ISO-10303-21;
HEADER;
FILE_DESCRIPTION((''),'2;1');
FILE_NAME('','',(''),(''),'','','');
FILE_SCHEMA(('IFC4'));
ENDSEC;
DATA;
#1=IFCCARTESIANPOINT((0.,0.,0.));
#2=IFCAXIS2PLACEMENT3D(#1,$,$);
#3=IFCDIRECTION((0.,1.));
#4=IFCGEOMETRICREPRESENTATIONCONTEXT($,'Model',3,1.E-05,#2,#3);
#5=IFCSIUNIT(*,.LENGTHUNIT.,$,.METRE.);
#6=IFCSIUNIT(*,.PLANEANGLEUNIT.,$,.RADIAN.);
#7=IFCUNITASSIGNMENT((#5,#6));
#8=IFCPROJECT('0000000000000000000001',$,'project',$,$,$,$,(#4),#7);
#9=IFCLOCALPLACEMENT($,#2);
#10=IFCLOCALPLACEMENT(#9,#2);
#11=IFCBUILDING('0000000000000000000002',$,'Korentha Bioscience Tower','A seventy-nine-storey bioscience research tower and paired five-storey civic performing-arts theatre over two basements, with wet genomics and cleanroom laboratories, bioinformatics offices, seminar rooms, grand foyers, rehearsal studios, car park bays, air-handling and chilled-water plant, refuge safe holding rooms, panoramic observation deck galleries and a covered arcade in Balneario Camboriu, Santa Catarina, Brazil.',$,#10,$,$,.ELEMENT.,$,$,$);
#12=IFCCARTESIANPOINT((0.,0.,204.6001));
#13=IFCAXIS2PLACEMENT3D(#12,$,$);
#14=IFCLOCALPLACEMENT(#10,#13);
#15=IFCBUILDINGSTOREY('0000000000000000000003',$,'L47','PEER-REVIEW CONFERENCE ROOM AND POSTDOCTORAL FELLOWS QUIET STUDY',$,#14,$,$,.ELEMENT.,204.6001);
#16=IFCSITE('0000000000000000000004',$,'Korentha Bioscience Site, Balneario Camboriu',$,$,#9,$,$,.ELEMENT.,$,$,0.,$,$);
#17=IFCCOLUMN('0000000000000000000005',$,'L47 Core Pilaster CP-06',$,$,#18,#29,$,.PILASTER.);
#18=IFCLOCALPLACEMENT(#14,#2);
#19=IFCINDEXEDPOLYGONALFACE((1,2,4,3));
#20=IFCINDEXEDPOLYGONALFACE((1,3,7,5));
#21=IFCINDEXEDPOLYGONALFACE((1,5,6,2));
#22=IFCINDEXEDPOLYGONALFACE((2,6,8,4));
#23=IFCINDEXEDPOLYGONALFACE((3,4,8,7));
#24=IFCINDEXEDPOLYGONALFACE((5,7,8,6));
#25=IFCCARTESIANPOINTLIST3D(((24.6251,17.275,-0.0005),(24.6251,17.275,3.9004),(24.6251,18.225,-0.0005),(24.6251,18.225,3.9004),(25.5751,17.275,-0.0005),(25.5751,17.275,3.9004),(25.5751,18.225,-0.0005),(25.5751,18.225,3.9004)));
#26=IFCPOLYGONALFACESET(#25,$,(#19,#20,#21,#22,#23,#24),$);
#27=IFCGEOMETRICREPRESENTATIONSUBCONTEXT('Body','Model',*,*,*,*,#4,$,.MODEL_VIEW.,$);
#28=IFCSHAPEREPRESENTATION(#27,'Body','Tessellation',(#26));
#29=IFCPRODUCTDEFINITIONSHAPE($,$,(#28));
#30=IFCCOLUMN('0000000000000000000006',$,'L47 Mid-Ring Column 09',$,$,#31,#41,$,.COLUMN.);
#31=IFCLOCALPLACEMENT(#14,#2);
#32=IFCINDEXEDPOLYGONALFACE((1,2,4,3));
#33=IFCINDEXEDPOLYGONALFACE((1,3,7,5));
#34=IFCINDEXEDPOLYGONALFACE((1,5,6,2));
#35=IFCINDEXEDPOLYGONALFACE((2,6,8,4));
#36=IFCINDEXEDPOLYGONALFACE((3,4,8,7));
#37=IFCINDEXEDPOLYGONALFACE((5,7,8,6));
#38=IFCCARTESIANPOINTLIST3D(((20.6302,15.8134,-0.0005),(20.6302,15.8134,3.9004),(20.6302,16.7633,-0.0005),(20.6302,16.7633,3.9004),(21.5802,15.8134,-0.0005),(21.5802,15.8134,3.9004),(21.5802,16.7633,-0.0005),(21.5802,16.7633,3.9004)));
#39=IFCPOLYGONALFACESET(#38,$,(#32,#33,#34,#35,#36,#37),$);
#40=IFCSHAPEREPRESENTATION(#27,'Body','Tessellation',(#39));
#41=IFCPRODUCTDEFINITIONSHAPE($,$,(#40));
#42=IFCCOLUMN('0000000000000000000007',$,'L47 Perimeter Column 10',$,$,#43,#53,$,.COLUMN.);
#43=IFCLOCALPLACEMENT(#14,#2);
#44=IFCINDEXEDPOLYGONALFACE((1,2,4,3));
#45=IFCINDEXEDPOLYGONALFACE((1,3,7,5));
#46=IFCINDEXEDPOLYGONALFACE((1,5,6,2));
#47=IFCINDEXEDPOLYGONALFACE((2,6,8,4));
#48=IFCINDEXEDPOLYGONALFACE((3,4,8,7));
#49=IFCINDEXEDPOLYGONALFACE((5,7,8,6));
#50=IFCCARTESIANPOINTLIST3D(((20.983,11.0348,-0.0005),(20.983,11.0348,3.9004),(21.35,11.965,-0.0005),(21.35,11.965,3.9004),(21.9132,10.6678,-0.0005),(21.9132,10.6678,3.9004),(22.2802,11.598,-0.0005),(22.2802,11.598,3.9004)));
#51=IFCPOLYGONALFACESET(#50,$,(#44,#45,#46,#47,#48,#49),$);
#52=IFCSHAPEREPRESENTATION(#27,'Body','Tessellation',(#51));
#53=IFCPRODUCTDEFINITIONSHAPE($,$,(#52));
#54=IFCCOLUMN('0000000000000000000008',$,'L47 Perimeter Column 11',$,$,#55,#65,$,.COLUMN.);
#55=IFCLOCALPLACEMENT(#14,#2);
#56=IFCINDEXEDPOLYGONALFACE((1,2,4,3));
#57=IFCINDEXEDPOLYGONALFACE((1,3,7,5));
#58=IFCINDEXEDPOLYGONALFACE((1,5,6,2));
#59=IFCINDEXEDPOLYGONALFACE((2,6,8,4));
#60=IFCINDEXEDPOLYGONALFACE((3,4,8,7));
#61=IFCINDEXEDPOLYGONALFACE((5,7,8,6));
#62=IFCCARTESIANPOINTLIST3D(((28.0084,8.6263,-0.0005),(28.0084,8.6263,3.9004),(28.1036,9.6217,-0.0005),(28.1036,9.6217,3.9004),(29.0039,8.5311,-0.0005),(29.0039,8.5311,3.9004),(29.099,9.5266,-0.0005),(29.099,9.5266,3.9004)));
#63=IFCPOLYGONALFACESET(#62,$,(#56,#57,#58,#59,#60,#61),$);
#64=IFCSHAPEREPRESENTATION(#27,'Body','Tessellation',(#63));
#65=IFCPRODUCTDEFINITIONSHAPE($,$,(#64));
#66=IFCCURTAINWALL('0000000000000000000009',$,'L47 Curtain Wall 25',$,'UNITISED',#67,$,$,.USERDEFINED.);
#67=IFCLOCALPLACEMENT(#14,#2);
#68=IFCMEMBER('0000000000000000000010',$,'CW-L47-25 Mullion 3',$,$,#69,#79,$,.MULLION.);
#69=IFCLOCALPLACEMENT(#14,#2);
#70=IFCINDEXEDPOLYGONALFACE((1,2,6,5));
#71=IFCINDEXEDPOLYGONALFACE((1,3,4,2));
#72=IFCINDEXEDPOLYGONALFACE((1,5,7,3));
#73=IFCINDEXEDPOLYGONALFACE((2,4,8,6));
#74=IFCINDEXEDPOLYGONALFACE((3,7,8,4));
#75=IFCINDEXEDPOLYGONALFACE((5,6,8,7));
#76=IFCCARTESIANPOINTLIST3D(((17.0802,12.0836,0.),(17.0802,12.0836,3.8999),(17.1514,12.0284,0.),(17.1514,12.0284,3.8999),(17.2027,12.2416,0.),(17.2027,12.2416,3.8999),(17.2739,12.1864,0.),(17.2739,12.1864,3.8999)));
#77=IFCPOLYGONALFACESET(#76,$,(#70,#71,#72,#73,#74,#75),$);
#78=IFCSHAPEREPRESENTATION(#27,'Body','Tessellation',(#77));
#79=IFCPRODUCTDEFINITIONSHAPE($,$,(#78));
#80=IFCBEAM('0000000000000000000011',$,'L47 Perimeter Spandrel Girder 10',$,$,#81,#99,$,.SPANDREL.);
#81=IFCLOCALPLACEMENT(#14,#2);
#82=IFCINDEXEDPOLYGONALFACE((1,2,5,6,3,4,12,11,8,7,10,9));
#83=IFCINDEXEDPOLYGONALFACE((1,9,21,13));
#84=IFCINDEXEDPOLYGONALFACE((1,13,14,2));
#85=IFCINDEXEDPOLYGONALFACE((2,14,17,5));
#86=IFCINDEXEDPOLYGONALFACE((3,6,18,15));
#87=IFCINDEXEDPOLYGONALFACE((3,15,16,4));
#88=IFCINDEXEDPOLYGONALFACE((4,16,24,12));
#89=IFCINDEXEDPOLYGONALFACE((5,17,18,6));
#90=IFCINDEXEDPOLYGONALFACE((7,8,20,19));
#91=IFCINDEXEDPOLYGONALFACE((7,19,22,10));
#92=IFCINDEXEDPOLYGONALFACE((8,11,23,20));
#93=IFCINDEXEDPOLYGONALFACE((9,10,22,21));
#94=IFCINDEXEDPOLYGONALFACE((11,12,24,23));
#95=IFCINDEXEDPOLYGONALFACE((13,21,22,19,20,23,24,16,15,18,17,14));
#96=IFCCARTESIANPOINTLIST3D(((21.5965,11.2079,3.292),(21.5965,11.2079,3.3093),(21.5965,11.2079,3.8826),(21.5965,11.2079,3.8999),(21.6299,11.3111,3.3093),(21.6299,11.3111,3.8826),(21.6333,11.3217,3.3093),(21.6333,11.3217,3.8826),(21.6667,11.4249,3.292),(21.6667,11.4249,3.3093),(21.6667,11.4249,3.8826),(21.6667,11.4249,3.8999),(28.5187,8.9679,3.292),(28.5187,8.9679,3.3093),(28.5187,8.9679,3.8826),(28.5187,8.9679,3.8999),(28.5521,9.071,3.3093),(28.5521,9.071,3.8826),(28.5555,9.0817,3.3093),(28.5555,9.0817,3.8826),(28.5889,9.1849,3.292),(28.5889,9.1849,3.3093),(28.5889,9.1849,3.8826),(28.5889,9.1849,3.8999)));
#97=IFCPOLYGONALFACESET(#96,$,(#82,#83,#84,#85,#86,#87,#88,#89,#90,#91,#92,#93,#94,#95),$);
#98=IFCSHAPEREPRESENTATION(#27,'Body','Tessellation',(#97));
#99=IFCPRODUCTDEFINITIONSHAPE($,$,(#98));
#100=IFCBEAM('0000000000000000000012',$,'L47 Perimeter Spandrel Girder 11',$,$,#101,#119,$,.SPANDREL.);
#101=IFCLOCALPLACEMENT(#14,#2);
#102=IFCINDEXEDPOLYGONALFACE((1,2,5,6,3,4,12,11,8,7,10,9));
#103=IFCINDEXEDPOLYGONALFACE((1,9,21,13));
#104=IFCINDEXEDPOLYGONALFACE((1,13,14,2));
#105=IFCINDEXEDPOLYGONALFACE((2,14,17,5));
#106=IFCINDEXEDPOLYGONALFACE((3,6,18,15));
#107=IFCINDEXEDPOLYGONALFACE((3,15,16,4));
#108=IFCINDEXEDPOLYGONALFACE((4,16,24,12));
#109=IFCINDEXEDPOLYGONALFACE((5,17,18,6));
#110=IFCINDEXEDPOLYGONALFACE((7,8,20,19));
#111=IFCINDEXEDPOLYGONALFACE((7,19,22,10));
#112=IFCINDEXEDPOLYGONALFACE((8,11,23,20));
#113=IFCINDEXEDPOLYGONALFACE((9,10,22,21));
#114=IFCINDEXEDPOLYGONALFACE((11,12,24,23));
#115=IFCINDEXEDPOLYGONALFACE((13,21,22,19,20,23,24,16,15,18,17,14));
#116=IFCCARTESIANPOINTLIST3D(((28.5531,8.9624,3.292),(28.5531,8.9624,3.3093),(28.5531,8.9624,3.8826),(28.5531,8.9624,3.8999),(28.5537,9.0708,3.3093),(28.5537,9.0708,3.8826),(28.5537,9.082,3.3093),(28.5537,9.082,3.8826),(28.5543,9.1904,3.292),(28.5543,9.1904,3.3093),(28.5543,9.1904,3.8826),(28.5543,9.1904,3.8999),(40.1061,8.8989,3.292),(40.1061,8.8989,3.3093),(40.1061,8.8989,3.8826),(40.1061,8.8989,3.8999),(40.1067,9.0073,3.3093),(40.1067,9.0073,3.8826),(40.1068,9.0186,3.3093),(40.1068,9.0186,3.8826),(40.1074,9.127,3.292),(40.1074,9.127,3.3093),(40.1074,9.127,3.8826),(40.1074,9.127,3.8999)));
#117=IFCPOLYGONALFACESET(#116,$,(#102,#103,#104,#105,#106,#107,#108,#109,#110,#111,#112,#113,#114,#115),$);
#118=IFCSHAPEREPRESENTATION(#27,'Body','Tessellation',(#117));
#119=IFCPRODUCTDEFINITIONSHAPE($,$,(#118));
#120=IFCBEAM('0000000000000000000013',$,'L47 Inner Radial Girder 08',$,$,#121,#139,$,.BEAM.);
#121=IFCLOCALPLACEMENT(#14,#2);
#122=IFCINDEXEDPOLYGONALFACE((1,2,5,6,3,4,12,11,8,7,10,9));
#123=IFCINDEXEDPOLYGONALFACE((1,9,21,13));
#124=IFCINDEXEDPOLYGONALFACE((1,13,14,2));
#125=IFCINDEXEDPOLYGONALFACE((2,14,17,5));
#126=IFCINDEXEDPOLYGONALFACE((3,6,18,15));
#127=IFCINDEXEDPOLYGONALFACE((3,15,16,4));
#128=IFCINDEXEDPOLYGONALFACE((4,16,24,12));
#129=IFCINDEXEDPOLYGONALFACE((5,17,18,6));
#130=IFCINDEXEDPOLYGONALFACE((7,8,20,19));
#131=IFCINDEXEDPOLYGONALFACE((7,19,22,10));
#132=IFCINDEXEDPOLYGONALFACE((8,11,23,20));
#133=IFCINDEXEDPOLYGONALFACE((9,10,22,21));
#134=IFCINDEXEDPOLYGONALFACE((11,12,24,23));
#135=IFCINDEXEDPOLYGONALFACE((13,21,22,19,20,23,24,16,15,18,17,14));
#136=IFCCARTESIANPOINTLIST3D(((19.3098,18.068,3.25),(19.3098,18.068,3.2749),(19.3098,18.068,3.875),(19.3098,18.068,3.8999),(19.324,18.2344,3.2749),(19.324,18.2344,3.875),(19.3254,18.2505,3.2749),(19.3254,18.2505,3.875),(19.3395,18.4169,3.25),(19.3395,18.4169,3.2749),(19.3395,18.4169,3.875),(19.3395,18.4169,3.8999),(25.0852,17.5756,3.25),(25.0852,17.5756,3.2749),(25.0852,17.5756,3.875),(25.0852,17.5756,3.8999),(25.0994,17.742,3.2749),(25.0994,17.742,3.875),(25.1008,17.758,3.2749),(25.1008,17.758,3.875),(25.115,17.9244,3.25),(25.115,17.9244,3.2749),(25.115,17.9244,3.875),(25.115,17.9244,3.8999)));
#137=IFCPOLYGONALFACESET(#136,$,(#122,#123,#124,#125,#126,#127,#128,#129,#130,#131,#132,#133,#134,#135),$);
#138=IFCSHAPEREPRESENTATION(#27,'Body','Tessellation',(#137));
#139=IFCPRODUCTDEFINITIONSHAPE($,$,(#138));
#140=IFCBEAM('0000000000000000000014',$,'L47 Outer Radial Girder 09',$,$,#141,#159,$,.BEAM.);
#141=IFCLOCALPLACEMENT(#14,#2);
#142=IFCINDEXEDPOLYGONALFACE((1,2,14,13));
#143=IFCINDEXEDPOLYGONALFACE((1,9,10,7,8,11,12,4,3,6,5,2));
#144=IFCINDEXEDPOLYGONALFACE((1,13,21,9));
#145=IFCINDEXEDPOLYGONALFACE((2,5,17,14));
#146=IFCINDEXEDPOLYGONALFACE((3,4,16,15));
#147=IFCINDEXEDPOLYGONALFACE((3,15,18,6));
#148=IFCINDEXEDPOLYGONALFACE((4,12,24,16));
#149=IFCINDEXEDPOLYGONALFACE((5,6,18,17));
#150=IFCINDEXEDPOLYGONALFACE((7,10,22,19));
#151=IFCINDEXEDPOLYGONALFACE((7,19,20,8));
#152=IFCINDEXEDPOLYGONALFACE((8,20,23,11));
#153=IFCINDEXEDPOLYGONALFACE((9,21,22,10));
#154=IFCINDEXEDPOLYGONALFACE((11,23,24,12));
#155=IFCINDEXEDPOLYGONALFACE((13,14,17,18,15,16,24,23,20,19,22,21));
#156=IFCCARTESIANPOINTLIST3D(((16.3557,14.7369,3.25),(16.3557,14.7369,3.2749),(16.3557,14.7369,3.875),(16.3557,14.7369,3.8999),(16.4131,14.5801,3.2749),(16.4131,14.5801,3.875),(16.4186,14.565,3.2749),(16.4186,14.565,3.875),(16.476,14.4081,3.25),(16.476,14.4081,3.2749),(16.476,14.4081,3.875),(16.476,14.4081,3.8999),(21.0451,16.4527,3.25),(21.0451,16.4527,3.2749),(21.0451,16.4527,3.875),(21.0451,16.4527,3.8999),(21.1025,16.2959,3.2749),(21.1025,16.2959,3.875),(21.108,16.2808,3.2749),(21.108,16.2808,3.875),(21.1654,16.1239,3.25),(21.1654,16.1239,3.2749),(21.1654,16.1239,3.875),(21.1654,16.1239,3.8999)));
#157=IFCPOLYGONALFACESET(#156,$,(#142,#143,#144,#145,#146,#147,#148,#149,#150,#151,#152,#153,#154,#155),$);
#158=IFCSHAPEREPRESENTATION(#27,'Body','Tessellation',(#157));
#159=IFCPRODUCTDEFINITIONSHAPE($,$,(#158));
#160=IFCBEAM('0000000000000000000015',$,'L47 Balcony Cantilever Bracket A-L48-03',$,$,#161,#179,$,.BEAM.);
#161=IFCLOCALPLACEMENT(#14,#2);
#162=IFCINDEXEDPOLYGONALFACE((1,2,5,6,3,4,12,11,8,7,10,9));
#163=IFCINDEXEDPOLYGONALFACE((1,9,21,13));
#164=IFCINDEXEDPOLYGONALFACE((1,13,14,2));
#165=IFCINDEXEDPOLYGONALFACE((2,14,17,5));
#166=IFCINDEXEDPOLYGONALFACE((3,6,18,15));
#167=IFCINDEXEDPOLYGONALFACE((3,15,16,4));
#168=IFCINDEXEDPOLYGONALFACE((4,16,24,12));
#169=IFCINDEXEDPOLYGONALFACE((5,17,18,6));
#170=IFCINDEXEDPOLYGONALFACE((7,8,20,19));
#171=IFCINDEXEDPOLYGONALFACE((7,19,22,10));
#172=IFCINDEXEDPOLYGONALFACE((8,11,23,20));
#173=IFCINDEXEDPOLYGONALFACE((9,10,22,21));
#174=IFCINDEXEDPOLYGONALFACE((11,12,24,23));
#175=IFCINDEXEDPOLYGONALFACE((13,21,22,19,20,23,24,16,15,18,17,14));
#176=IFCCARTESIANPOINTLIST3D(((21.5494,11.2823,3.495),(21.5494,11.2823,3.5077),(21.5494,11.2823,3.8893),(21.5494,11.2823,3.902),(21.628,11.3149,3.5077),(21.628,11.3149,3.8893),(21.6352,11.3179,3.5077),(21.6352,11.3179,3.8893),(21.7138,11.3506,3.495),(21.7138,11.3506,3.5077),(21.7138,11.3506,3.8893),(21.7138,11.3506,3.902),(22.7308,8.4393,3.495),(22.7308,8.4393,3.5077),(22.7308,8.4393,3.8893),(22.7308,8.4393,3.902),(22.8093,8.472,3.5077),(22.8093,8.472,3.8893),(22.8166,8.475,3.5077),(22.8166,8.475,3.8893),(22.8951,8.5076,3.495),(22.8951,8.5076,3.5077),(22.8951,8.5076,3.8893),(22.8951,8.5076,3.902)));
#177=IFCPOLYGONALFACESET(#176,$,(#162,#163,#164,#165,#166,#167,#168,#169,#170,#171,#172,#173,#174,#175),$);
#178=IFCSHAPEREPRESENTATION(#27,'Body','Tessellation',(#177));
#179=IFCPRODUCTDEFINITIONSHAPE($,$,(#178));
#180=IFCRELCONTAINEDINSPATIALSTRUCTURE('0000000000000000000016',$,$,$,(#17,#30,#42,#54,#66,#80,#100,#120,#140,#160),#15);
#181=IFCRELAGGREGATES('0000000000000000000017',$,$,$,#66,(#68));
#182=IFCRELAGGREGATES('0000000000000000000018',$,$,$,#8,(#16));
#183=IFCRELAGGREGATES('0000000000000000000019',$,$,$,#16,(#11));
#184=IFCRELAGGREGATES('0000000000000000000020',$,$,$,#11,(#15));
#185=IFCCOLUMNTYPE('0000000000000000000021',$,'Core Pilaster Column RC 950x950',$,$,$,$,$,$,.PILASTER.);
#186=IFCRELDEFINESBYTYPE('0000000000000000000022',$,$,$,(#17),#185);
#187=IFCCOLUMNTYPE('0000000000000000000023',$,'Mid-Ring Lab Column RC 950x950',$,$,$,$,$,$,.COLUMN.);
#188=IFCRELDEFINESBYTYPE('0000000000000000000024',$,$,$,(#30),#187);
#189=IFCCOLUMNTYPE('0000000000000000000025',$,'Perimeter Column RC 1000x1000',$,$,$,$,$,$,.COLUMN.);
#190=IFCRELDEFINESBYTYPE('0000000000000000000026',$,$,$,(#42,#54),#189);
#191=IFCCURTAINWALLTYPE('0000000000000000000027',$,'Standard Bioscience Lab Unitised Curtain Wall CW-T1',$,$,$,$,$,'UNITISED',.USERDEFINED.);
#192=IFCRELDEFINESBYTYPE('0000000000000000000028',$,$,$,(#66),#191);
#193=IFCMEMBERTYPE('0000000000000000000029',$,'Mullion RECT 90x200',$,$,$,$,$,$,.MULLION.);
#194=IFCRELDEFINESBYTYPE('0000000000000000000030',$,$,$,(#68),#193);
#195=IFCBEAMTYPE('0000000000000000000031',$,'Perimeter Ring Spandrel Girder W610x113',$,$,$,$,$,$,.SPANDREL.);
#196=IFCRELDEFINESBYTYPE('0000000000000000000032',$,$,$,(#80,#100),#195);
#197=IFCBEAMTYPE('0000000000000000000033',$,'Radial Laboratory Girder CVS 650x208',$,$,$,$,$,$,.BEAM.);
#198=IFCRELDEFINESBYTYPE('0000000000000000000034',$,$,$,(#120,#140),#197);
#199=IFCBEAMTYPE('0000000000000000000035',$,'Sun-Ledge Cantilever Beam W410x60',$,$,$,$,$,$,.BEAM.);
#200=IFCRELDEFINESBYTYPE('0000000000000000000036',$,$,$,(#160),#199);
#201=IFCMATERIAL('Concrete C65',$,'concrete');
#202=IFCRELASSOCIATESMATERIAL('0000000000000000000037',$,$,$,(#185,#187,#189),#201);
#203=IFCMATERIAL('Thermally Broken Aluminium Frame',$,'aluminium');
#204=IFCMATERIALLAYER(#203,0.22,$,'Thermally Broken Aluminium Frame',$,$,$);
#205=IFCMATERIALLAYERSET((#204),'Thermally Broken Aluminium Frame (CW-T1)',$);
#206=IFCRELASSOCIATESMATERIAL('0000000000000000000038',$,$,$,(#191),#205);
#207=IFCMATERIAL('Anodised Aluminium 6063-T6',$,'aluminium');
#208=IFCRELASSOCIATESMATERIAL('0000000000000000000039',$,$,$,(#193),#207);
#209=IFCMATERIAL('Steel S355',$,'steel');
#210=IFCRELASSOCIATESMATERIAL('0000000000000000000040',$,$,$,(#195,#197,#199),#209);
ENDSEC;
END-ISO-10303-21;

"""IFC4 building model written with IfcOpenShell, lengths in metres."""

from ifc_helpers import new_model, si_unit, direction, frame, origin, origin_2d, place, context, subcontext, project, spatial, rectangle, i_section, extrude, material, layer, layer_set, material_profile, profile_set, type_object, element, aggregate, save


model = new_model("IFC4")

# Units and contexts
model_context = context("Model", 3, precision=1e-05, world=origin(), true_north=direction((0.0, 1.0)))
body_context = subcontext(model_context, "Body", "Model", "MODEL_VIEW")
ifc_project = project(units=[si_unit("LENGTHUNIT", "METRE"), si_unit("PLANEANGLEUNIT", "RADIAN")], contexts=[model_context])

# Site, building, storey
site_placement = place(None, origin())
site = spatial("IfcSite", under=ifc_project, at=site_placement, Name="Korentha Bioscience Site, Balneario Camboriu", CompositionType="ELEMENT", RefElevation=0.0)
building_placement = place(site_placement, origin())
building = spatial("IfcBuilding", under=site, at=building_placement, Name="Korentha Bioscience Tower", Description="A seventy-nine-storey bioscience research tower and paired five-storey civic performing-arts theatre over two basements, with wet genomics and cleanroom laboratories, bioinformatics offices, seminar rooms, grand foyers, rehearsal studios, car park bays, air-handling and chilled-water plant, refuge safe holding rooms, panoramic observation deck galleries and a covered arcade in Balneario Camboriu, Santa Catarina, Brazil.", CompositionType="ELEMENT")
storey_placement = place(building_placement, frame((0.0, 0.0, 204.6001)))
storey = spatial("IfcBuildingStorey", under=building, at=storey_placement, Name="L47", Description="PEER-REVIEW CONFERENCE ROOM AND POSTDOCTORAL FELLOWS QUIET STUDY", CompositionType="ELEMENT", Elevation=204.6001)

# Columns
ifc_material_1 = material(Name="Concrete C65", Category="concrete")
ifc_material_profile_1 = material_profile(ifc_material_1, rectangle(XDim=0.95, YDim=0.95, at=origin_2d()), Name="Concrete C65")
ifc_profile_set_1 = profile_set([ifc_material_profile_1], Name="Concrete C65 (COL-CP09)")
column_type_1 = type_object("IfcColumnType", Name="Core Pilaster Column RC 950x950", PredefinedType="PILASTER", material=ifc_profile_set_1)
column_1_placement = place(storey_placement, frame((25.1001, 17.75, -0.0005), z_axis=(0.0, 0.0, 1.0), x_axis=(1.0, 0.0, 0.0)))
element("IfcColumn", 1, at=column_1_placement, inside=storey, type_object=column_type_1, Name="L47 Core Pilaster CP-06", PredefinedType="PILASTER", context=body_context, shape_type="SweptSolid", body=[
    extrude(rectangle(XDim=0.95, YDim=0.95, at=origin_2d()), origin(), (0.0, 0.0, 1.0), 3.9009),
])
ifc_material_profile_2 = material_profile(ifc_material_1, rectangle(XDim=0.95, YDim=0.95, at=origin_2d()), Name="Concrete C65")
ifc_profile_set_2 = profile_set([ifc_material_profile_2], Name="Concrete C65 (COL-MR09)")
column_type_2 = type_object("IfcColumnType", Name="Mid-Ring Lab Column RC 950x950", PredefinedType="COLUMN", material=ifc_profile_set_2)
column_2_placement = place(storey_placement, frame((21.1052, 16.2883, -0.0005), z_axis=(0.0, 0.0, 1.0), x_axis=(1.0, 0.0, 0.0)))
element("IfcColumn", 2, at=column_2_placement, inside=storey, type_object=column_type_2, Name="L47 Mid-Ring Column 09", PredefinedType="COLUMN", context=body_context, shape_type="SweptSolid", body=[
    extrude(rectangle(XDim=0.95, YDim=0.95, at=origin_2d()), origin(), (0.0, 0.0, 1.0), 3.9009),
])
ifc_material_profile_3 = material_profile(ifc_material_1, rectangle(XDim=1.0, YDim=1.0, at=origin_2d()), Name="Concrete C65")
ifc_profile_set_3 = profile_set([ifc_material_profile_3], Name="Concrete C65 (COL-P10)")
column_type_3 = type_object("IfcColumnType", Name="Perimeter Column RC 1000x1000", PredefinedType="COLUMN", material=ifc_profile_set_3)
for number, where, z_axis, x_axis, name in (
    (3, (21.6316, 11.3164, -0.0005), (0.0, 0.0, 1.0), (-0.930226, 0.366988, 0.0), "L47 Perimeter Column 10"),
    (4, (28.5537, 9.0764, -0.0005), (0.0, 0.0, 1.0), (-0.995463, 0.095151, 0.0), "L47 Perimeter Column 11"),
):
    element("IfcColumn", number, at=place(storey_placement, frame(where, z_axis=z_axis, x_axis=x_axis)), inside=storey, type_object=column_type_3, Name=name, PredefinedType="COLUMN", context=body_context, shape_type="SweptSolid", body=[
        extrude(rectangle(XDim=1.0, YDim=1.0, at=origin_2d()), origin(), (0.0, 0.0, 1.0), 3.9009),
    ])

# Curtain wall, member
ifc_material_2 = material(Name="Thermally Broken Aluminium Frame", Category="aluminium")
ifc_layer_1 = layer(ifc_material_2, 0.22, Name="Thermally Broken Aluminium Frame")
ifc_layer_set_1 = layer_set([ifc_layer_1], Name="Thermally Broken Aluminium Frame (CW-T1)")
curtain_wall_type = type_object("IfcCurtainWallType", Name="Standard Bioscience Lab Unitised Curtain Wall CW-T1", ElementType="UNITISED", PredefinedType="USERDEFINED", material=ifc_layer_set_1)
curtain_wall_placement = place(storey_placement, origin())
curtain_wall = element("IfcCurtainWall", 5, at=curtain_wall_placement, inside=storey, type_object=curtain_wall_type, Name="L47 Curtain Wall 25", ObjectType="UNITISED", PredefinedType="USERDEFINED")
ifc_material_3 = material(Name="Anodised Aluminium 6063-T6", Category="aluminium")
ifc_material_profile_4 = material_profile(ifc_material_3, rectangle(XDim=0.0901, YDim=0.2, at=origin_2d()), Name="Anodised Aluminium 6063-T6")
ifc_profile_set_4 = profile_set([ifc_material_profile_4], Name="Anodised Aluminium 6063-T6 (CW-MUL)")
member_type = type_object("IfcMemberType", Name="Mullion RECT 90x200", PredefinedType="MULLION", material=ifc_profile_set_4)
member_placement = place(storey_placement, frame((17.177, 12.135, 0.0), z_axis=(0.0, 0.0, 1.0), x_axis=(0.790346, -0.612661, 0.0)))
member = element("IfcMember", 6, at=member_placement, type_object=member_type, Name="CW-L47-25 Mullion 3", PredefinedType="MULLION", context=body_context, shape_type="SweptSolid", body=[
    extrude(rectangle(XDim=0.0901, YDim=0.2, at=origin_2d()), origin(), (0.0, 0.0, 1.0), 3.8999),
])

# Beams
ifc_material_4 = material(Name="Steel S355", Category="steel")
ifc_material_profile_5 = material_profile(ifc_material_4, i_section(OverallWidth=0.228, OverallDepth=0.6079, WebThickness=0.0112, FlangeThickness=0.0173, at=origin_2d()), Name="Steel S355")
ifc_profile_set_5 = profile_set([ifc_material_profile_5], Name="Steel S355 (SB-610)")
beam_type_1 = type_object("IfcBeamType", Name="Perimeter Ring Spandrel Girder W610x113", PredefinedType="SPANDREL", material=ifc_profile_set_5)
beam_1_placement = place(storey_placement, frame((21.6316, 11.3164, 3.5959), z_axis=(0.951425, -0.30788, 0.0), x_axis=(0.30788, 0.951425, 0.0)))
element("IfcBeam", 7, at=beam_1_placement, inside=storey, type_object=beam_type_1, Name="L47 Perimeter Spandrel Girder 10", PredefinedType="SPANDREL", context=body_context, shape_type="SweptSolid", body=[
    extrude(i_section(OverallWidth=0.228, OverallDepth=0.6079, WebThickness=0.0112, FlangeThickness=0.0173, at=origin_2d()), origin(), (0.0, 0.0, 1.0), 7.2756),
])
beam_2_placement = place(storey_placement, frame((28.5537, 9.0764, 3.5959), z_axis=(0.999985, -0.005494, 0.0), x_axis=(0.005494, 0.999985, 0.0)))
element("IfcBeam", 8, at=beam_2_placement, inside=storey, type_object=beam_type_1, Name="L47 Perimeter Spandrel Girder 11", PredefinedType="SPANDREL", context=body_context, shape_type="SweptSolid", body=[
    extrude(i_section(OverallWidth=0.228, OverallDepth=0.6079, WebThickness=0.0112, FlangeThickness=0.0173, at=origin_2d()), origin(), (0.0, 0.0, 1.0), 11.5532),
])
ifc_material_profile_6 = material_profile(ifc_material_4, i_section(OverallWidth=0.3501, OverallDepth=0.6499, WebThickness=0.0161, FlangeThickness=0.0249, at=origin_2d()), Name="Steel S355")
ifc_profile_set_6 = profile_set([ifc_material_profile_6], Name="Steel S355 (RB-650)")
beam_type_2 = type_object("IfcBeamType", Name="Radial Laboratory Girder CVS 650x208", PredefinedType="BEAM", material=ifc_profile_set_6)
beam_3_placement = place(storey_placement, frame((25.1001, 17.75, 3.575), z_axis=(-0.996385, 0.084956, 0.0), x_axis=(-0.084956, -0.996385, 0.0)))
element("IfcBeam", 9, at=beam_3_placement, inside=storey, type_object=beam_type_2, Name="L47 Inner Radial Girder 08", PredefinedType="BEAM", context=body_context, shape_type="SweptSolid", body=[
    extrude(i_section(OverallWidth=0.3501, OverallDepth=0.6499, WebThickness=0.0161, FlangeThickness=0.0249, at=origin_2d()), origin(), (0.0, 0.0, 1.0), 5.7964),
])
beam_4_placement = place(storey_placement, frame((21.1052, 16.2883, 3.575), z_axis=(-0.939112, -0.343611, 0.0), x_axis=(0.343611, -0.939112, 0.0)))
element("IfcBeam", 10, at=beam_4_placement, inside=storey, type_object=beam_type_2, Name="L47 Outer Radial Girder 09", PredefinedType="BEAM", context=body_context, shape_type="SweptSolid", body=[
    extrude(i_section(OverallWidth=0.3501, OverallDepth=0.6499, WebThickness=0.0161, FlangeThickness=0.0249, at=origin_2d()), origin(), (0.0, 0.0, 1.0), 4.9934),
])
ifc_material_profile_7 = material_profile(ifc_material_4, i_section(OverallWidth=0.178, OverallDepth=0.407, WebThickness=0.0078, FlangeThickness=0.0127, at=origin_2d()), Name="Steel S355")
ifc_profile_set_7 = profile_set([ifc_material_profile_7], Name="Steel S355 (CB-410)")
beam_type_3 = type_object("IfcBeamType", Name="Sun-Ledge Cantilever Beam W410x60", PredefinedType="BEAM", material=ifc_profile_set_7)
beam_5_placement = place(storey_placement, frame((21.6316, 11.3164, 3.6985), z_axis=(0.383731, -0.923445, 0.0), x_axis=(0.923445, 0.383731, 0.0)))
element("IfcBeam", 11, at=beam_5_placement, inside=storey, type_object=beam_type_3, Name="L47 Balcony Cantilever Bracket A-L48-03", PredefinedType="BEAM", context=body_context, shape_type="SweptSolid", body=[
    extrude(i_section(OverallWidth=0.178, OverallDepth=0.407, WebThickness=0.0078, FlangeThickness=0.0127, at=origin_2d()), origin(), (0.0, 0.0, 1.0), 3.0786),
])

aggregate(curtain_wall, [member])

save(model, "model.ifc")
